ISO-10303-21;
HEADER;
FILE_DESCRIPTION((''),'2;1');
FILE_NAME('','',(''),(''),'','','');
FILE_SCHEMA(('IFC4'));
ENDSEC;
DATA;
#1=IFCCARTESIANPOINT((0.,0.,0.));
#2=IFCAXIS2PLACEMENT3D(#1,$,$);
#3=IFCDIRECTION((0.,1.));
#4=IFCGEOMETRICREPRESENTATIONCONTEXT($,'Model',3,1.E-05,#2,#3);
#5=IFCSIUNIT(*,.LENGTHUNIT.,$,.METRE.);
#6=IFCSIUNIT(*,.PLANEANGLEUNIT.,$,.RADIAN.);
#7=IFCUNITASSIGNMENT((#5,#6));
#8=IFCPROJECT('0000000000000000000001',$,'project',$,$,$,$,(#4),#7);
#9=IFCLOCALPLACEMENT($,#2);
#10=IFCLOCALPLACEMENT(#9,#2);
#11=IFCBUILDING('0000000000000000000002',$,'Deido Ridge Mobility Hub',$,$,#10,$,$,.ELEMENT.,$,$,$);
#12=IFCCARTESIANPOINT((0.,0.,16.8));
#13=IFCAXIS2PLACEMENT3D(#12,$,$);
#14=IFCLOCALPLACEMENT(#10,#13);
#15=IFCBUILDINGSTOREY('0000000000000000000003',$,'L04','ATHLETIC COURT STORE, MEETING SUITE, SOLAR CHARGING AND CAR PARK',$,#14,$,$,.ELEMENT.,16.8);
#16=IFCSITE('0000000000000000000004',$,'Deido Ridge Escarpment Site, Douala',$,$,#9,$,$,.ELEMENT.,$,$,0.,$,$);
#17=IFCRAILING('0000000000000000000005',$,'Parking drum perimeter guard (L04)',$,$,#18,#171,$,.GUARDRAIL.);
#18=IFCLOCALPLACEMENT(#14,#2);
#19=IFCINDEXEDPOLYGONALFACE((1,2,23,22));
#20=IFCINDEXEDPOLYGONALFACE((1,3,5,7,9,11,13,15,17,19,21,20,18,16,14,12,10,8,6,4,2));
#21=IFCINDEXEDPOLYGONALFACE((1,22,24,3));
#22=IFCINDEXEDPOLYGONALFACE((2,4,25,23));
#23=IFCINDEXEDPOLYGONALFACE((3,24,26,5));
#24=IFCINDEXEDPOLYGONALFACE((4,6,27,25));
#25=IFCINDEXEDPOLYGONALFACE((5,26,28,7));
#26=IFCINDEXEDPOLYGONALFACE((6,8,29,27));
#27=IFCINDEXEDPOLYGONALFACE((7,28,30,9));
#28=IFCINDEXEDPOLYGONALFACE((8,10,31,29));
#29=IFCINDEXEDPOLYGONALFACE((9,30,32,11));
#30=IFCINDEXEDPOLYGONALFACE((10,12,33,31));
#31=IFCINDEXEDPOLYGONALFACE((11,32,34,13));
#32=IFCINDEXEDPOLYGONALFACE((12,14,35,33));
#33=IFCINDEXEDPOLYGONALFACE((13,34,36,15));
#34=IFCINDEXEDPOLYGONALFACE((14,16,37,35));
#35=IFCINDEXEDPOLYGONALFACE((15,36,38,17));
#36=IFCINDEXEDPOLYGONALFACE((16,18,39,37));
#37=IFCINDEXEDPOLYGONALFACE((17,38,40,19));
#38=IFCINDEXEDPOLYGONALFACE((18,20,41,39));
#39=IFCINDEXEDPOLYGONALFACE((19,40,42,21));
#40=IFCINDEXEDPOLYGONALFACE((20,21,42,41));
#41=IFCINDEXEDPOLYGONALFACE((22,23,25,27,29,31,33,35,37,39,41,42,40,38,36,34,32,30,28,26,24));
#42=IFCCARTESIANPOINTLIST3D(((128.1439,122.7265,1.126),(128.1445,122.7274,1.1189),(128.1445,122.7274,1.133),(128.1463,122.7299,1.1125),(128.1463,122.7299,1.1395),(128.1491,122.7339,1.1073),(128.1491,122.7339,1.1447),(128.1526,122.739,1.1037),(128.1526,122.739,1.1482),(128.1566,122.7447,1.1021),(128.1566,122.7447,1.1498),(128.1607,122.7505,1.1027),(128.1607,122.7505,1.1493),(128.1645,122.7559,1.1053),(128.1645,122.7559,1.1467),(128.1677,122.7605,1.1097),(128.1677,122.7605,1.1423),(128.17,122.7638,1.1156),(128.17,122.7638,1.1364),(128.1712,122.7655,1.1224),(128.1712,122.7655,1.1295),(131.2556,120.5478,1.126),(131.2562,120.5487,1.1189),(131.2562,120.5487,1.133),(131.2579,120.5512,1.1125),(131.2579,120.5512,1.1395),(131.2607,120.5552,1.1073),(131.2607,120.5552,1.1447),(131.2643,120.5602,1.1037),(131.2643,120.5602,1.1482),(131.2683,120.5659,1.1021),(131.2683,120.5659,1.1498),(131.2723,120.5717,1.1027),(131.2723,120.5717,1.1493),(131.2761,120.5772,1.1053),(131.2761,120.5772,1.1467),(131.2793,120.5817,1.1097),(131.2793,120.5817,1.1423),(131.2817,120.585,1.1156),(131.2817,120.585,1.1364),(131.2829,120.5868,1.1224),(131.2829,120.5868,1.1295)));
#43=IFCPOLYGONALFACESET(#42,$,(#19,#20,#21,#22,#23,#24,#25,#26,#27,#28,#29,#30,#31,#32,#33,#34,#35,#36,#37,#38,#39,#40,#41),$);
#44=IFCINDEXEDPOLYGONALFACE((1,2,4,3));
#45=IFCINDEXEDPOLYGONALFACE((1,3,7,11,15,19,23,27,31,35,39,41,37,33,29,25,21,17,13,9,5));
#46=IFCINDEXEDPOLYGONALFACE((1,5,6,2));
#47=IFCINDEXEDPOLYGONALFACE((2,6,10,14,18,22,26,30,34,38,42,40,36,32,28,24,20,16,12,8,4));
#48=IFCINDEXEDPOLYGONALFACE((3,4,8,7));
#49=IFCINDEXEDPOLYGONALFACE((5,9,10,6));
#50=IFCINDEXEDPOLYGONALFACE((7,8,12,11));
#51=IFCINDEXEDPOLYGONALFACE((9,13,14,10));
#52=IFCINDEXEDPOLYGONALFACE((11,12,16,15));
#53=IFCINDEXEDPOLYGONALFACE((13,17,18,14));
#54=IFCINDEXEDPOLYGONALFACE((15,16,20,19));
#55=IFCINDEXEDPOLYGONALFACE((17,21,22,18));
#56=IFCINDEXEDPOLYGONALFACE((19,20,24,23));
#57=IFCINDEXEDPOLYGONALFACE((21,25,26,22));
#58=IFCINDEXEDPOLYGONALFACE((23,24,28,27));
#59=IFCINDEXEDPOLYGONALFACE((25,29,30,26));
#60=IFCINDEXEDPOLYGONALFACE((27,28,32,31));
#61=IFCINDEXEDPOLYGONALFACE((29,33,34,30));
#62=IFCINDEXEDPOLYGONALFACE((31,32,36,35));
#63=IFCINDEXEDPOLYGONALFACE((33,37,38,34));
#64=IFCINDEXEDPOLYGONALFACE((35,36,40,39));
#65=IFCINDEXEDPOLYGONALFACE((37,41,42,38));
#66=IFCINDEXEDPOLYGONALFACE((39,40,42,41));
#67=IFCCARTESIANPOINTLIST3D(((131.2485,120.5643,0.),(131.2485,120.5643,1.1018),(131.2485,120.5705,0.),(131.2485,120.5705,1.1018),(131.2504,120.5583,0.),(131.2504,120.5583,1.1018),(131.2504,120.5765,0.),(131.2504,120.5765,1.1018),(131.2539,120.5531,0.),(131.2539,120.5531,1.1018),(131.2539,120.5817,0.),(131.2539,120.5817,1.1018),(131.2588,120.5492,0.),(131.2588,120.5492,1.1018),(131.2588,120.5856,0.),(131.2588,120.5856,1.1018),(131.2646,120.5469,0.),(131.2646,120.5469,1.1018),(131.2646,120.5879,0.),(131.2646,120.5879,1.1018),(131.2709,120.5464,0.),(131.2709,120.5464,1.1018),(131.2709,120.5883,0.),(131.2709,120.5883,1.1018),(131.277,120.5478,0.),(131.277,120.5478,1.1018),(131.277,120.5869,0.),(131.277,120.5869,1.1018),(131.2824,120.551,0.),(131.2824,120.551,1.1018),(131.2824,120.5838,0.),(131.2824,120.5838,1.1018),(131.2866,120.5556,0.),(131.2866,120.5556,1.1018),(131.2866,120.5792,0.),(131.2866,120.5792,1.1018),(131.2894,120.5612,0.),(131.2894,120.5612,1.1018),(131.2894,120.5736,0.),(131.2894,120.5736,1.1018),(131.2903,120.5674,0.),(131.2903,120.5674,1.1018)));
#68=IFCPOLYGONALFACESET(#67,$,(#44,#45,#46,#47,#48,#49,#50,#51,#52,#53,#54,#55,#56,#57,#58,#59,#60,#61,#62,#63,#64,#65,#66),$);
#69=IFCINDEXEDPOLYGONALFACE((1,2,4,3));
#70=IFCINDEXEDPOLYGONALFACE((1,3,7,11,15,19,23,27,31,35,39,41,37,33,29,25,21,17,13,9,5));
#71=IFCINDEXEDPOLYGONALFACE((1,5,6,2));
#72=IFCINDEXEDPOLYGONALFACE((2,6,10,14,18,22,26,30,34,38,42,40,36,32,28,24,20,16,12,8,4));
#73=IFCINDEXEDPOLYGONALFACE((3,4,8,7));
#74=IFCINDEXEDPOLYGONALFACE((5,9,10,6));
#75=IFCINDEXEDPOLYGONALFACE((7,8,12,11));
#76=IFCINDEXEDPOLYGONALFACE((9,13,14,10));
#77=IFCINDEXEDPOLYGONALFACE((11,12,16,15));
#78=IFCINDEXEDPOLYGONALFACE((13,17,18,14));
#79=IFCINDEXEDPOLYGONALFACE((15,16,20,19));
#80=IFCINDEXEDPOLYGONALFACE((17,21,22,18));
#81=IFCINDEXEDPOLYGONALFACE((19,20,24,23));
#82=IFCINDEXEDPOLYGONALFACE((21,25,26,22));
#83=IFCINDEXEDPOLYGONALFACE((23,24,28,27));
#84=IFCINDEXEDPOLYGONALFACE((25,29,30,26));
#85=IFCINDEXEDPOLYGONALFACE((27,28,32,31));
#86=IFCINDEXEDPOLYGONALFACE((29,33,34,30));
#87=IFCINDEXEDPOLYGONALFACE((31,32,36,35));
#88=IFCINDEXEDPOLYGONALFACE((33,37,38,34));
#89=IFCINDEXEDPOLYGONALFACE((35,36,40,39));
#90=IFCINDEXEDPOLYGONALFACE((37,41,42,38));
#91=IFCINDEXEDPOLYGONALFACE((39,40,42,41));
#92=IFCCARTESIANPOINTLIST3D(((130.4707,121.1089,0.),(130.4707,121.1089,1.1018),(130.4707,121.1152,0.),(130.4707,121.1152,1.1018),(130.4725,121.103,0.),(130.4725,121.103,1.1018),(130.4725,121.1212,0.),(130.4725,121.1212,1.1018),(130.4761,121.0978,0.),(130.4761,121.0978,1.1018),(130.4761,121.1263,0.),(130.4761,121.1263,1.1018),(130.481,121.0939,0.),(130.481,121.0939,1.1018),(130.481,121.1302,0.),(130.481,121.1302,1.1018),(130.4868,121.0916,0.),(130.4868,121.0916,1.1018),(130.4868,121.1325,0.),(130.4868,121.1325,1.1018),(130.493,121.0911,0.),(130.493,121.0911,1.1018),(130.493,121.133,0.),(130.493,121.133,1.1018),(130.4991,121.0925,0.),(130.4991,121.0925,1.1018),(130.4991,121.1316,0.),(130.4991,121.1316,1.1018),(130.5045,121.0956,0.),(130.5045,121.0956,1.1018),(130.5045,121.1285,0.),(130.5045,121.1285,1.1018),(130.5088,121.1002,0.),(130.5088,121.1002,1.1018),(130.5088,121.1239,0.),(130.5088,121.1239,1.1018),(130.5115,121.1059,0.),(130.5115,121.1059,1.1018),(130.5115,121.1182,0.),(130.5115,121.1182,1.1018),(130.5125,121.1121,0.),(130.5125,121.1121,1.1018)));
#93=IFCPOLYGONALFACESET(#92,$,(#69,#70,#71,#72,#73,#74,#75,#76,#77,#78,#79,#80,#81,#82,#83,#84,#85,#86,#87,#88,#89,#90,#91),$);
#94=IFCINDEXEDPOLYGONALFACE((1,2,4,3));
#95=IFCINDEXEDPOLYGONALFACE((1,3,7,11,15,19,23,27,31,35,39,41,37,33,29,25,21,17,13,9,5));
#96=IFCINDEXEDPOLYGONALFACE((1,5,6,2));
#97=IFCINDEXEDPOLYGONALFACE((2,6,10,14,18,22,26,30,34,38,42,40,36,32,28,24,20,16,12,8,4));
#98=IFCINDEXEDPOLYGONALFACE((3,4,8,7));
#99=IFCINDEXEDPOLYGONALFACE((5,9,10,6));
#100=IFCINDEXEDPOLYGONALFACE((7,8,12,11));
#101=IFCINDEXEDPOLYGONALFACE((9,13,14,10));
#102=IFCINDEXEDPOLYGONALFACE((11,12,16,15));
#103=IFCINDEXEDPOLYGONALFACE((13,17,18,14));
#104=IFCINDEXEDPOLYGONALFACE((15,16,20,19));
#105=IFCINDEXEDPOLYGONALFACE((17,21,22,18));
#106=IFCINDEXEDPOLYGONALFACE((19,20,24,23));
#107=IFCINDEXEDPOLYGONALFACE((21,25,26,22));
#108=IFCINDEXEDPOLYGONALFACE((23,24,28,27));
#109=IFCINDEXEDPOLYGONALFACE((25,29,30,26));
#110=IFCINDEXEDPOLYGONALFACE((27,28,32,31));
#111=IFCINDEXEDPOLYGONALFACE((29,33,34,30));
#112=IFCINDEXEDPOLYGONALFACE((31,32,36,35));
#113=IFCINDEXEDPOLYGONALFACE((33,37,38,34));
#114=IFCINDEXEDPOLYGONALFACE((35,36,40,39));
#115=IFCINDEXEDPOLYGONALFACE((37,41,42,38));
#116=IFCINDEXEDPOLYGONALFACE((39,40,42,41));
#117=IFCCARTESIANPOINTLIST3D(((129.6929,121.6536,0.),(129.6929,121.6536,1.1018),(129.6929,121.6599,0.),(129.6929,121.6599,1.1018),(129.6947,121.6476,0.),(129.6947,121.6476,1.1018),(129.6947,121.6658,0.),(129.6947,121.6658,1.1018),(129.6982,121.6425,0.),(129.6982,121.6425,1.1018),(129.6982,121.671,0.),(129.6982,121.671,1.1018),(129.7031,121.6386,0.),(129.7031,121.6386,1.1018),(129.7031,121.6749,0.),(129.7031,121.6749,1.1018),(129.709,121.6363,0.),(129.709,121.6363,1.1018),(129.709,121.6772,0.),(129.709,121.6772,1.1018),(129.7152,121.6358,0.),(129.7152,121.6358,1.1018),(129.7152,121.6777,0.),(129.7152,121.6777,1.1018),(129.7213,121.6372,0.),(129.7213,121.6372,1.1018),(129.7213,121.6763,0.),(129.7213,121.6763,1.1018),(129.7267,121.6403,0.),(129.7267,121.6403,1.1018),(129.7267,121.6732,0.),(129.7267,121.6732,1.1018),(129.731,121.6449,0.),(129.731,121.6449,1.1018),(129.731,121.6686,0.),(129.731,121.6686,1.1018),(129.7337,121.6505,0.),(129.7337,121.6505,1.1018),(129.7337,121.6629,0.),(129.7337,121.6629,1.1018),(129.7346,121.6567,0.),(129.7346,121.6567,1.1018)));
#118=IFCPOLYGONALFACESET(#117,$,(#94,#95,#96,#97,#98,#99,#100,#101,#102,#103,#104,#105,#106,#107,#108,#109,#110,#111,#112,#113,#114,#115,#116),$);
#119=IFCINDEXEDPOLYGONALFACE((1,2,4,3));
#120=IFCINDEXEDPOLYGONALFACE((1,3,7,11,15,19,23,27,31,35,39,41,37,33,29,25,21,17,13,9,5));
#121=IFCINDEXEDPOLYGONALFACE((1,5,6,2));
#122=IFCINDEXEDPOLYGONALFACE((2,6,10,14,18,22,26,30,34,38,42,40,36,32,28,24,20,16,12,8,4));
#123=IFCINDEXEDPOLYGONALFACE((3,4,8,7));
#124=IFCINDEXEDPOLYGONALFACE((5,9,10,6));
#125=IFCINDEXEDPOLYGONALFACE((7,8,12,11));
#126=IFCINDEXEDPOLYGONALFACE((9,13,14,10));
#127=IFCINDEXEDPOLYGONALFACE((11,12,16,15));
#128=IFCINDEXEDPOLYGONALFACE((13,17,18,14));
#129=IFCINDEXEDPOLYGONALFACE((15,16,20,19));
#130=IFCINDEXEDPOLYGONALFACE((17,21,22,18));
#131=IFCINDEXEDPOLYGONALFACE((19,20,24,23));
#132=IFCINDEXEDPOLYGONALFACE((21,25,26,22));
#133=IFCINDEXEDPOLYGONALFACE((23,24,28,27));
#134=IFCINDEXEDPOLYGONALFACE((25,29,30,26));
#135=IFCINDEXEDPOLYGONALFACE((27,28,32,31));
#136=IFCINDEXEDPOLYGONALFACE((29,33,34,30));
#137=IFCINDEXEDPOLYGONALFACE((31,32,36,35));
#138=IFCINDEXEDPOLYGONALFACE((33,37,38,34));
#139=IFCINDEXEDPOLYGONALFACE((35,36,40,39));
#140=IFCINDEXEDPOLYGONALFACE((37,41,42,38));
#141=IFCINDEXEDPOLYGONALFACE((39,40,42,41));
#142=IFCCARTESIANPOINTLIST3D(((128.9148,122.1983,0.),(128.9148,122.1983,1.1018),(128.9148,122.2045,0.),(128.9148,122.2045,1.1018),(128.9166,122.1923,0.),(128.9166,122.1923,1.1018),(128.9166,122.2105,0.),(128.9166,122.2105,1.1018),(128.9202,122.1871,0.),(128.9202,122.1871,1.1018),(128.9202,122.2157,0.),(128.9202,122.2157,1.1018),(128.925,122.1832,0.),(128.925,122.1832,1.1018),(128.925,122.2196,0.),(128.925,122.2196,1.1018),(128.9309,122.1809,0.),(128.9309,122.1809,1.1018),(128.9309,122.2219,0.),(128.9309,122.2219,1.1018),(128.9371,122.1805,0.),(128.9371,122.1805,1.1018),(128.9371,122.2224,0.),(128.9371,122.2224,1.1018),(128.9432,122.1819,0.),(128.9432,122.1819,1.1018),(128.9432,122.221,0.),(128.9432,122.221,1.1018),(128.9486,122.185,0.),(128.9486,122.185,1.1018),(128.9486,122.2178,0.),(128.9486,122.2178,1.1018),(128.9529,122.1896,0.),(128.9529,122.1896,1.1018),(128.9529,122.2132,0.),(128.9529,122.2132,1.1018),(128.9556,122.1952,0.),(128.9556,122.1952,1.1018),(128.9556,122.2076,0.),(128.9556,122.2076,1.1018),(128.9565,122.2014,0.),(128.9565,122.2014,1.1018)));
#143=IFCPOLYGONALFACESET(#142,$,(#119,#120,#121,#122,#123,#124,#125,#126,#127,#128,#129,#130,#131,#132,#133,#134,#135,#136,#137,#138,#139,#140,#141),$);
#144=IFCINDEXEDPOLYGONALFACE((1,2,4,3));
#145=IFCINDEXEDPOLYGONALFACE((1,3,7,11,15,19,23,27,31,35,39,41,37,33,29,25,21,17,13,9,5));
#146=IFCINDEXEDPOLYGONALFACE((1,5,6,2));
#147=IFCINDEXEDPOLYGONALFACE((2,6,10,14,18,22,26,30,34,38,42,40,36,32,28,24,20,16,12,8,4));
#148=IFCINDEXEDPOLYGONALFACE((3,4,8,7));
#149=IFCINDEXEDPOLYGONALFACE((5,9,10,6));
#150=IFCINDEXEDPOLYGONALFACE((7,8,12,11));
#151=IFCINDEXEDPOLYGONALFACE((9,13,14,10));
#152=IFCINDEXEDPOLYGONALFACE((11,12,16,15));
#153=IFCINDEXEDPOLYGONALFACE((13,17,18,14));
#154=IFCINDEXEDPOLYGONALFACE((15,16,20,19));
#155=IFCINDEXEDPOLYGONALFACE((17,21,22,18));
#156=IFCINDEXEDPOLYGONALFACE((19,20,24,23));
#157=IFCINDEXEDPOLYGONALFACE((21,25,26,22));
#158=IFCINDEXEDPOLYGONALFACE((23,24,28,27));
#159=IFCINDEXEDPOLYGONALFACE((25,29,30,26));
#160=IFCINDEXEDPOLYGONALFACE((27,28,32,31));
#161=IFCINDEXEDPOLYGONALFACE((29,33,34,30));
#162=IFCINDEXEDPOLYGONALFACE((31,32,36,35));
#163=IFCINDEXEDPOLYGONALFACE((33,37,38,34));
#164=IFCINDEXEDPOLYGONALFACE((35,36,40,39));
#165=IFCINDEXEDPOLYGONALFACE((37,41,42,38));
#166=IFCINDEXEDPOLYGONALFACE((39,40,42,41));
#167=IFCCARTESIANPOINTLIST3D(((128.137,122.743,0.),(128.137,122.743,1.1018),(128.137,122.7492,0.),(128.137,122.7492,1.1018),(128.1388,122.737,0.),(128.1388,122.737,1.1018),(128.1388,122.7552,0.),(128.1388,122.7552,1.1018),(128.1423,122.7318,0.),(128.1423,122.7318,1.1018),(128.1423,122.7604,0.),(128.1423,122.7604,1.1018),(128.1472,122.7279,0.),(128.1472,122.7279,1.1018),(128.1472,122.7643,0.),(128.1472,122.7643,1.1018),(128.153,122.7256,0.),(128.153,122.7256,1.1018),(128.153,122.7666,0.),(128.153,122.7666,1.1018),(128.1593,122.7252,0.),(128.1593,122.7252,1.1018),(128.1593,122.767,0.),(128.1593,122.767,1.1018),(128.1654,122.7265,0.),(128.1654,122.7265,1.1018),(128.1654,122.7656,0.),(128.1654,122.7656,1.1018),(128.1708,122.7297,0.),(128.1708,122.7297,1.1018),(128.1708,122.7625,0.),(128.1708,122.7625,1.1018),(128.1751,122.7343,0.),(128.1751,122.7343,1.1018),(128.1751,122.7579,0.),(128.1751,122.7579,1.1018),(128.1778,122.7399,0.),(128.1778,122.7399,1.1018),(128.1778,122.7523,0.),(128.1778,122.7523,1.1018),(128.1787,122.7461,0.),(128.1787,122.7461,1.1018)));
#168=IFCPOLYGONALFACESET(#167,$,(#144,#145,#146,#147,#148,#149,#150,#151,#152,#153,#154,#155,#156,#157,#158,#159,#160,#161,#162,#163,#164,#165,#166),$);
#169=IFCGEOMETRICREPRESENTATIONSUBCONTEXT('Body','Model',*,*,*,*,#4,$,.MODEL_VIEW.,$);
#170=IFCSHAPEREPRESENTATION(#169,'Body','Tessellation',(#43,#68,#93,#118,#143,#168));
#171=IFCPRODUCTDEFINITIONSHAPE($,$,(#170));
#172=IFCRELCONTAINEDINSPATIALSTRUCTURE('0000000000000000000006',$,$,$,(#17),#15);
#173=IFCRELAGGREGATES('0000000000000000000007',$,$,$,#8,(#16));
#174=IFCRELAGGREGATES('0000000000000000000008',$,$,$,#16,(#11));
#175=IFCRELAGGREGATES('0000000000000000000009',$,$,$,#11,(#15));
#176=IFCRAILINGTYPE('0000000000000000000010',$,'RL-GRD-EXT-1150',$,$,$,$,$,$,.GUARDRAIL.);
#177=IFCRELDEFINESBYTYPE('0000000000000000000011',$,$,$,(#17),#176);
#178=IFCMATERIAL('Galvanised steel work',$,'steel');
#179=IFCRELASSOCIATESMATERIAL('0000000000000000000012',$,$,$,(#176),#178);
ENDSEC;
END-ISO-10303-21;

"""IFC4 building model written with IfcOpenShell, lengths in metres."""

from ifc_helpers import new_model, si_unit, direction, frame, origin, origin_2d, place, context, subcontext, project, spatial, circle, extrude, material, type_object, element, save


model = new_model("IFC4")

# Units and contexts
model_context = context("Model", 3, precision=1e-05, world=origin(), true_north=direction((0.0, 1.0)))
body_context = subcontext(model_context, "Body", "Model", "MODEL_VIEW")
ifc_project = project(units=[si_unit("LENGTHUNIT", "METRE"), si_unit("PLANEANGLEUNIT", "RADIAN")], contexts=[model_context])

# Site, building, storey
site_placement = place(None, origin())
site = spatial("IfcSite", under=ifc_project, at=site_placement, Name="Deido Ridge Escarpment Site, Douala", CompositionType="ELEMENT", RefElevation=0.0)
building_placement = place(site_placement, origin())
building = spatial("IfcBuilding", under=site, at=building_placement, Name="Deido Ridge Mobility Hub", CompositionType="ELEMENT")
storey_placement = place(building_placement, frame((0.0, 0.0, 16.8)))
storey = spatial("IfcBuildingStorey", under=building, at=storey_placement, Name="L04", Description="ATHLETIC COURT STORE, MEETING SUITE, SOLAR CHARGING AND CAR PARK", CompositionType="ELEMENT", Elevation=16.8)

# Railing
ifc_material_1 = material(Name="Galvanised steel work", Category="steel")
railing_type = type_object("IfcRailingType", Name="RL-GRD-EXT-1150", PredefinedType="GUARDRAIL", material=ifc_material_1)
railing_1_placement = place(storey_placement, frame((131.2693, 120.5674, 0.0)))
element("IfcRailing", 1, at=railing_1_placement, inside=storey, type_object=railing_type, Name="Parking drum perimeter guard (L04)", PredefinedType="GUARDRAIL", context=body_context, shape_type="SweptSolid", body=[
    extrude(circle(Radius=0.0239, at=origin_2d()), frame((0.0, 0.0, 1.126), z_axis=(-0.819156, 0.57357, 0.0), x_axis=(-0.57357, -0.819156, 0.0)), (0.0, 0.0, 1.0), 3.7986),
    extrude(circle(Radius=0.021, at=origin_2d()), origin(), (0.0, 0.0, 1.0), 1.1018),
    extrude(circle(Radius=0.021, at=origin_2d()), frame((-0.7778, 0.5447, 0.0)), (0.0, 0.0, 1.0), 1.1018),
    extrude(circle(Radius=0.021, at=origin_2d()), frame((-1.5557, 1.0894, 0.0)), (0.0, 0.0, 1.0), 1.1018),
    extrude(circle(Radius=0.021, at=origin_2d()), frame((-2.3337, 1.634, 0.0)), (0.0, 0.0, 1.0), 1.1018),
    extrude(circle(Radius=0.021, at=origin_2d()), frame((-3.1116, 2.1787, 0.0)), (0.0, 0.0, 1.0), 1.1018),
])

save(model, "model.ifc")
